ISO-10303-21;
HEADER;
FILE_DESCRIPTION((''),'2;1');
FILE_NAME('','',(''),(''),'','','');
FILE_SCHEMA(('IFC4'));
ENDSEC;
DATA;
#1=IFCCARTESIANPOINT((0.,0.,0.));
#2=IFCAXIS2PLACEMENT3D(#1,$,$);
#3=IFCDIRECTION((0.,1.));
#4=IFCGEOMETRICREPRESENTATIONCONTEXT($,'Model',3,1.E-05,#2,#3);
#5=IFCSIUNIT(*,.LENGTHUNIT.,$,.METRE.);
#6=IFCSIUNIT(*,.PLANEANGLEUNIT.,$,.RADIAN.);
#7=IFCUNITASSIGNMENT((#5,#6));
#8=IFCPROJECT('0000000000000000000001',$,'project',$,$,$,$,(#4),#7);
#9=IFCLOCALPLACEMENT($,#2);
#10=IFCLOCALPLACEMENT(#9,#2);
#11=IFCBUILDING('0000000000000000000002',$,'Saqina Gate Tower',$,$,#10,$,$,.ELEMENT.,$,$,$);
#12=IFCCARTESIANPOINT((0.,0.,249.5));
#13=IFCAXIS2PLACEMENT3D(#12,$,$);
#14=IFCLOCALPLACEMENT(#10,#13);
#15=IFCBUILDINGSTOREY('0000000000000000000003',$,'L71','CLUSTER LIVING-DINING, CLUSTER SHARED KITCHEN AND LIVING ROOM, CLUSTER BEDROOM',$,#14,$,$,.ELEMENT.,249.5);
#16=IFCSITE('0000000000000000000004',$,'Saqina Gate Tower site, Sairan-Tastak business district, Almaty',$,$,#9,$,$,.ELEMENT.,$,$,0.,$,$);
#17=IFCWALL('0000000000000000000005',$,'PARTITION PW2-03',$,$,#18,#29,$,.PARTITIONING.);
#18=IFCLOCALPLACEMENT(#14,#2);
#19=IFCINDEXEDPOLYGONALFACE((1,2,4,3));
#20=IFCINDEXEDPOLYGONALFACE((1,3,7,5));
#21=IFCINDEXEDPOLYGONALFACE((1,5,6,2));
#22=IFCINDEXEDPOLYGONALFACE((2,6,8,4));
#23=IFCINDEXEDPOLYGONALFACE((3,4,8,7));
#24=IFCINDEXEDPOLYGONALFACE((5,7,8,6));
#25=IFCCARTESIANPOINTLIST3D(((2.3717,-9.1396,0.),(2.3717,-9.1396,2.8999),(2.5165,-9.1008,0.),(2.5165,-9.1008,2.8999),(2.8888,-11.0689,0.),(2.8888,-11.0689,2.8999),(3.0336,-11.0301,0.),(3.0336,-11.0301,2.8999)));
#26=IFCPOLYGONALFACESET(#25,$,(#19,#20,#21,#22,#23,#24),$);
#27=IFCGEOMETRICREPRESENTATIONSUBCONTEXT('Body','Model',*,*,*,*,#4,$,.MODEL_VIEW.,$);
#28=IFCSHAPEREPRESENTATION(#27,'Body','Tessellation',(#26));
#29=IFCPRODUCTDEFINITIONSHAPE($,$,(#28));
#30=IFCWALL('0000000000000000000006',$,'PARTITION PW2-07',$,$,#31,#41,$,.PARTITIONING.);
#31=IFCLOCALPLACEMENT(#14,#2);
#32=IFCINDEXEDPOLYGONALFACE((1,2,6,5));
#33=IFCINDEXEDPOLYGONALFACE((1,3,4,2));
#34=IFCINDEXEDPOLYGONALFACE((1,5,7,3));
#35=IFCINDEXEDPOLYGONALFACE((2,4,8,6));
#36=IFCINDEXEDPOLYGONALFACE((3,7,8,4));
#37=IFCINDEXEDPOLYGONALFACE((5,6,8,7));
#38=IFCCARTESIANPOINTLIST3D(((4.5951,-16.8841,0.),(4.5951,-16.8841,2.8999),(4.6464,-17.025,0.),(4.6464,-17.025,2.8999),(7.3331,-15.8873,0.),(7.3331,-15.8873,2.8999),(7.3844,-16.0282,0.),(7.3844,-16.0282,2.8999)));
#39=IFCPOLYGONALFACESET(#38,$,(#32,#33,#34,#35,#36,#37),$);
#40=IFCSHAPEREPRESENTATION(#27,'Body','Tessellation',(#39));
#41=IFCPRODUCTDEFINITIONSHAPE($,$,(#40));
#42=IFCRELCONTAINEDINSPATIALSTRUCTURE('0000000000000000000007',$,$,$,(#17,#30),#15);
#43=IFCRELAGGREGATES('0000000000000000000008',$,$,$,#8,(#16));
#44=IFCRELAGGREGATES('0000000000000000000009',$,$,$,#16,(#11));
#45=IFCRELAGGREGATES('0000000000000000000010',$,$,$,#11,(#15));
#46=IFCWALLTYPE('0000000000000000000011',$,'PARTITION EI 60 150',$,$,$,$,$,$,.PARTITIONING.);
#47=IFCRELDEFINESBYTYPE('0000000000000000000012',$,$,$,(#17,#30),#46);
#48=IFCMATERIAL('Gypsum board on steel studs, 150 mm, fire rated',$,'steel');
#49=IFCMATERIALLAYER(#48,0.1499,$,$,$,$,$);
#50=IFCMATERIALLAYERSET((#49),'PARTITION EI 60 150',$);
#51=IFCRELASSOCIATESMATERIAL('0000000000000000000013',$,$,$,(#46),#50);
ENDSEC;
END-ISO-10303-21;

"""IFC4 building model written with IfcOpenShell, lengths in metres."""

from ifc_helpers import new_model, si_unit, direction, frame, frame_2d, origin, place, context, subcontext, project, spatial, rectangle, extrude, material, layer, layer_set, type_object, element, save


model = new_model("IFC4")

# Units and contexts
model_context = context("Model", 3, precision=1e-05, world=origin(), true_north=direction((0.0, 1.0)))
body_context = subcontext(model_context, "Body", "Model", "MODEL_VIEW")
ifc_project = project(units=[si_unit("LENGTHUNIT", "METRE"), si_unit("PLANEANGLEUNIT", "RADIAN")], contexts=[model_context])

# Site, building, storey
site_placement = place(None, origin())
site = spatial("IfcSite", under=ifc_project, at=site_placement, Name="Saqina Gate Tower site, Sairan-Tastak business district, Almaty", CompositionType="ELEMENT", RefElevation=0.0)
building_placement = place(site_placement, origin())
building = spatial("IfcBuilding", under=site, at=building_placement, Name="Saqina Gate Tower", CompositionType="ELEMENT")
storey_placement = place(building_placement, frame((0.0, 0.0, 249.5)))
storey = spatial("IfcBuildingStorey", under=building, at=storey_placement, Name="L71", Description="CLUSTER LIVING-DINING, CLUSTER SHARED KITCHEN AND LIVING ROOM, CLUSTER BEDROOM", CompositionType="ELEMENT", Elevation=249.5)

# Walls
ifc_material_1 = material(Name="Gypsum board on steel studs, 150 mm, fire rated", Category="steel")
ifc_layer_1 = layer(ifc_material_1, 0.1499)
ifc_layer_set_1 = layer_set([ifc_layer_1], Name="PARTITION EI 60 150")
wall_type_1 = type_object("IfcWallType", Name="PARTITION EI 60 150", PredefinedType="PARTITIONING", material=ifc_layer_set_1)
wall_1_placement = place(storey_placement, frame((2.4441, -9.1204, 0.0), z_axis=(0.0, 0.0, 1.0), x_axis=(0.258895, -0.965905, 0.0)))
element("IfcWall", 1, at=wall_1_placement, inside=storey, type_object=wall_type_1, Name="PARTITION PW2-03", PredefinedType="PARTITIONING", context=body_context, shape_type="SweptSolid", body=[
    extrude(rectangle(XDim=1.9973, YDim=0.1499, at=frame_2d((0.9985, 0.0))), origin(), (0.0, 0.0, 1.0), 2.8999),
])
wall_2_placement = place(storey_placement, frame((4.6206, -16.9546, 0.0), z_axis=(0.0, 0.0, 1.0), x_axis=(0.939664, 0.3421, 0.0)))
element("IfcWall", 2, at=wall_2_placement, inside=storey, type_object=wall_type_1, Name="PARTITION PW2-07", PredefinedType="PARTITIONING", context=body_context, shape_type="SweptSolid", body=[
    extrude(rectangle(XDim=2.9138, YDim=0.1499, at=frame_2d((1.457, 0.0))), origin(), (0.0, 0.0, 1.0), 2.8999),
])

save(model, "model.ifc")
